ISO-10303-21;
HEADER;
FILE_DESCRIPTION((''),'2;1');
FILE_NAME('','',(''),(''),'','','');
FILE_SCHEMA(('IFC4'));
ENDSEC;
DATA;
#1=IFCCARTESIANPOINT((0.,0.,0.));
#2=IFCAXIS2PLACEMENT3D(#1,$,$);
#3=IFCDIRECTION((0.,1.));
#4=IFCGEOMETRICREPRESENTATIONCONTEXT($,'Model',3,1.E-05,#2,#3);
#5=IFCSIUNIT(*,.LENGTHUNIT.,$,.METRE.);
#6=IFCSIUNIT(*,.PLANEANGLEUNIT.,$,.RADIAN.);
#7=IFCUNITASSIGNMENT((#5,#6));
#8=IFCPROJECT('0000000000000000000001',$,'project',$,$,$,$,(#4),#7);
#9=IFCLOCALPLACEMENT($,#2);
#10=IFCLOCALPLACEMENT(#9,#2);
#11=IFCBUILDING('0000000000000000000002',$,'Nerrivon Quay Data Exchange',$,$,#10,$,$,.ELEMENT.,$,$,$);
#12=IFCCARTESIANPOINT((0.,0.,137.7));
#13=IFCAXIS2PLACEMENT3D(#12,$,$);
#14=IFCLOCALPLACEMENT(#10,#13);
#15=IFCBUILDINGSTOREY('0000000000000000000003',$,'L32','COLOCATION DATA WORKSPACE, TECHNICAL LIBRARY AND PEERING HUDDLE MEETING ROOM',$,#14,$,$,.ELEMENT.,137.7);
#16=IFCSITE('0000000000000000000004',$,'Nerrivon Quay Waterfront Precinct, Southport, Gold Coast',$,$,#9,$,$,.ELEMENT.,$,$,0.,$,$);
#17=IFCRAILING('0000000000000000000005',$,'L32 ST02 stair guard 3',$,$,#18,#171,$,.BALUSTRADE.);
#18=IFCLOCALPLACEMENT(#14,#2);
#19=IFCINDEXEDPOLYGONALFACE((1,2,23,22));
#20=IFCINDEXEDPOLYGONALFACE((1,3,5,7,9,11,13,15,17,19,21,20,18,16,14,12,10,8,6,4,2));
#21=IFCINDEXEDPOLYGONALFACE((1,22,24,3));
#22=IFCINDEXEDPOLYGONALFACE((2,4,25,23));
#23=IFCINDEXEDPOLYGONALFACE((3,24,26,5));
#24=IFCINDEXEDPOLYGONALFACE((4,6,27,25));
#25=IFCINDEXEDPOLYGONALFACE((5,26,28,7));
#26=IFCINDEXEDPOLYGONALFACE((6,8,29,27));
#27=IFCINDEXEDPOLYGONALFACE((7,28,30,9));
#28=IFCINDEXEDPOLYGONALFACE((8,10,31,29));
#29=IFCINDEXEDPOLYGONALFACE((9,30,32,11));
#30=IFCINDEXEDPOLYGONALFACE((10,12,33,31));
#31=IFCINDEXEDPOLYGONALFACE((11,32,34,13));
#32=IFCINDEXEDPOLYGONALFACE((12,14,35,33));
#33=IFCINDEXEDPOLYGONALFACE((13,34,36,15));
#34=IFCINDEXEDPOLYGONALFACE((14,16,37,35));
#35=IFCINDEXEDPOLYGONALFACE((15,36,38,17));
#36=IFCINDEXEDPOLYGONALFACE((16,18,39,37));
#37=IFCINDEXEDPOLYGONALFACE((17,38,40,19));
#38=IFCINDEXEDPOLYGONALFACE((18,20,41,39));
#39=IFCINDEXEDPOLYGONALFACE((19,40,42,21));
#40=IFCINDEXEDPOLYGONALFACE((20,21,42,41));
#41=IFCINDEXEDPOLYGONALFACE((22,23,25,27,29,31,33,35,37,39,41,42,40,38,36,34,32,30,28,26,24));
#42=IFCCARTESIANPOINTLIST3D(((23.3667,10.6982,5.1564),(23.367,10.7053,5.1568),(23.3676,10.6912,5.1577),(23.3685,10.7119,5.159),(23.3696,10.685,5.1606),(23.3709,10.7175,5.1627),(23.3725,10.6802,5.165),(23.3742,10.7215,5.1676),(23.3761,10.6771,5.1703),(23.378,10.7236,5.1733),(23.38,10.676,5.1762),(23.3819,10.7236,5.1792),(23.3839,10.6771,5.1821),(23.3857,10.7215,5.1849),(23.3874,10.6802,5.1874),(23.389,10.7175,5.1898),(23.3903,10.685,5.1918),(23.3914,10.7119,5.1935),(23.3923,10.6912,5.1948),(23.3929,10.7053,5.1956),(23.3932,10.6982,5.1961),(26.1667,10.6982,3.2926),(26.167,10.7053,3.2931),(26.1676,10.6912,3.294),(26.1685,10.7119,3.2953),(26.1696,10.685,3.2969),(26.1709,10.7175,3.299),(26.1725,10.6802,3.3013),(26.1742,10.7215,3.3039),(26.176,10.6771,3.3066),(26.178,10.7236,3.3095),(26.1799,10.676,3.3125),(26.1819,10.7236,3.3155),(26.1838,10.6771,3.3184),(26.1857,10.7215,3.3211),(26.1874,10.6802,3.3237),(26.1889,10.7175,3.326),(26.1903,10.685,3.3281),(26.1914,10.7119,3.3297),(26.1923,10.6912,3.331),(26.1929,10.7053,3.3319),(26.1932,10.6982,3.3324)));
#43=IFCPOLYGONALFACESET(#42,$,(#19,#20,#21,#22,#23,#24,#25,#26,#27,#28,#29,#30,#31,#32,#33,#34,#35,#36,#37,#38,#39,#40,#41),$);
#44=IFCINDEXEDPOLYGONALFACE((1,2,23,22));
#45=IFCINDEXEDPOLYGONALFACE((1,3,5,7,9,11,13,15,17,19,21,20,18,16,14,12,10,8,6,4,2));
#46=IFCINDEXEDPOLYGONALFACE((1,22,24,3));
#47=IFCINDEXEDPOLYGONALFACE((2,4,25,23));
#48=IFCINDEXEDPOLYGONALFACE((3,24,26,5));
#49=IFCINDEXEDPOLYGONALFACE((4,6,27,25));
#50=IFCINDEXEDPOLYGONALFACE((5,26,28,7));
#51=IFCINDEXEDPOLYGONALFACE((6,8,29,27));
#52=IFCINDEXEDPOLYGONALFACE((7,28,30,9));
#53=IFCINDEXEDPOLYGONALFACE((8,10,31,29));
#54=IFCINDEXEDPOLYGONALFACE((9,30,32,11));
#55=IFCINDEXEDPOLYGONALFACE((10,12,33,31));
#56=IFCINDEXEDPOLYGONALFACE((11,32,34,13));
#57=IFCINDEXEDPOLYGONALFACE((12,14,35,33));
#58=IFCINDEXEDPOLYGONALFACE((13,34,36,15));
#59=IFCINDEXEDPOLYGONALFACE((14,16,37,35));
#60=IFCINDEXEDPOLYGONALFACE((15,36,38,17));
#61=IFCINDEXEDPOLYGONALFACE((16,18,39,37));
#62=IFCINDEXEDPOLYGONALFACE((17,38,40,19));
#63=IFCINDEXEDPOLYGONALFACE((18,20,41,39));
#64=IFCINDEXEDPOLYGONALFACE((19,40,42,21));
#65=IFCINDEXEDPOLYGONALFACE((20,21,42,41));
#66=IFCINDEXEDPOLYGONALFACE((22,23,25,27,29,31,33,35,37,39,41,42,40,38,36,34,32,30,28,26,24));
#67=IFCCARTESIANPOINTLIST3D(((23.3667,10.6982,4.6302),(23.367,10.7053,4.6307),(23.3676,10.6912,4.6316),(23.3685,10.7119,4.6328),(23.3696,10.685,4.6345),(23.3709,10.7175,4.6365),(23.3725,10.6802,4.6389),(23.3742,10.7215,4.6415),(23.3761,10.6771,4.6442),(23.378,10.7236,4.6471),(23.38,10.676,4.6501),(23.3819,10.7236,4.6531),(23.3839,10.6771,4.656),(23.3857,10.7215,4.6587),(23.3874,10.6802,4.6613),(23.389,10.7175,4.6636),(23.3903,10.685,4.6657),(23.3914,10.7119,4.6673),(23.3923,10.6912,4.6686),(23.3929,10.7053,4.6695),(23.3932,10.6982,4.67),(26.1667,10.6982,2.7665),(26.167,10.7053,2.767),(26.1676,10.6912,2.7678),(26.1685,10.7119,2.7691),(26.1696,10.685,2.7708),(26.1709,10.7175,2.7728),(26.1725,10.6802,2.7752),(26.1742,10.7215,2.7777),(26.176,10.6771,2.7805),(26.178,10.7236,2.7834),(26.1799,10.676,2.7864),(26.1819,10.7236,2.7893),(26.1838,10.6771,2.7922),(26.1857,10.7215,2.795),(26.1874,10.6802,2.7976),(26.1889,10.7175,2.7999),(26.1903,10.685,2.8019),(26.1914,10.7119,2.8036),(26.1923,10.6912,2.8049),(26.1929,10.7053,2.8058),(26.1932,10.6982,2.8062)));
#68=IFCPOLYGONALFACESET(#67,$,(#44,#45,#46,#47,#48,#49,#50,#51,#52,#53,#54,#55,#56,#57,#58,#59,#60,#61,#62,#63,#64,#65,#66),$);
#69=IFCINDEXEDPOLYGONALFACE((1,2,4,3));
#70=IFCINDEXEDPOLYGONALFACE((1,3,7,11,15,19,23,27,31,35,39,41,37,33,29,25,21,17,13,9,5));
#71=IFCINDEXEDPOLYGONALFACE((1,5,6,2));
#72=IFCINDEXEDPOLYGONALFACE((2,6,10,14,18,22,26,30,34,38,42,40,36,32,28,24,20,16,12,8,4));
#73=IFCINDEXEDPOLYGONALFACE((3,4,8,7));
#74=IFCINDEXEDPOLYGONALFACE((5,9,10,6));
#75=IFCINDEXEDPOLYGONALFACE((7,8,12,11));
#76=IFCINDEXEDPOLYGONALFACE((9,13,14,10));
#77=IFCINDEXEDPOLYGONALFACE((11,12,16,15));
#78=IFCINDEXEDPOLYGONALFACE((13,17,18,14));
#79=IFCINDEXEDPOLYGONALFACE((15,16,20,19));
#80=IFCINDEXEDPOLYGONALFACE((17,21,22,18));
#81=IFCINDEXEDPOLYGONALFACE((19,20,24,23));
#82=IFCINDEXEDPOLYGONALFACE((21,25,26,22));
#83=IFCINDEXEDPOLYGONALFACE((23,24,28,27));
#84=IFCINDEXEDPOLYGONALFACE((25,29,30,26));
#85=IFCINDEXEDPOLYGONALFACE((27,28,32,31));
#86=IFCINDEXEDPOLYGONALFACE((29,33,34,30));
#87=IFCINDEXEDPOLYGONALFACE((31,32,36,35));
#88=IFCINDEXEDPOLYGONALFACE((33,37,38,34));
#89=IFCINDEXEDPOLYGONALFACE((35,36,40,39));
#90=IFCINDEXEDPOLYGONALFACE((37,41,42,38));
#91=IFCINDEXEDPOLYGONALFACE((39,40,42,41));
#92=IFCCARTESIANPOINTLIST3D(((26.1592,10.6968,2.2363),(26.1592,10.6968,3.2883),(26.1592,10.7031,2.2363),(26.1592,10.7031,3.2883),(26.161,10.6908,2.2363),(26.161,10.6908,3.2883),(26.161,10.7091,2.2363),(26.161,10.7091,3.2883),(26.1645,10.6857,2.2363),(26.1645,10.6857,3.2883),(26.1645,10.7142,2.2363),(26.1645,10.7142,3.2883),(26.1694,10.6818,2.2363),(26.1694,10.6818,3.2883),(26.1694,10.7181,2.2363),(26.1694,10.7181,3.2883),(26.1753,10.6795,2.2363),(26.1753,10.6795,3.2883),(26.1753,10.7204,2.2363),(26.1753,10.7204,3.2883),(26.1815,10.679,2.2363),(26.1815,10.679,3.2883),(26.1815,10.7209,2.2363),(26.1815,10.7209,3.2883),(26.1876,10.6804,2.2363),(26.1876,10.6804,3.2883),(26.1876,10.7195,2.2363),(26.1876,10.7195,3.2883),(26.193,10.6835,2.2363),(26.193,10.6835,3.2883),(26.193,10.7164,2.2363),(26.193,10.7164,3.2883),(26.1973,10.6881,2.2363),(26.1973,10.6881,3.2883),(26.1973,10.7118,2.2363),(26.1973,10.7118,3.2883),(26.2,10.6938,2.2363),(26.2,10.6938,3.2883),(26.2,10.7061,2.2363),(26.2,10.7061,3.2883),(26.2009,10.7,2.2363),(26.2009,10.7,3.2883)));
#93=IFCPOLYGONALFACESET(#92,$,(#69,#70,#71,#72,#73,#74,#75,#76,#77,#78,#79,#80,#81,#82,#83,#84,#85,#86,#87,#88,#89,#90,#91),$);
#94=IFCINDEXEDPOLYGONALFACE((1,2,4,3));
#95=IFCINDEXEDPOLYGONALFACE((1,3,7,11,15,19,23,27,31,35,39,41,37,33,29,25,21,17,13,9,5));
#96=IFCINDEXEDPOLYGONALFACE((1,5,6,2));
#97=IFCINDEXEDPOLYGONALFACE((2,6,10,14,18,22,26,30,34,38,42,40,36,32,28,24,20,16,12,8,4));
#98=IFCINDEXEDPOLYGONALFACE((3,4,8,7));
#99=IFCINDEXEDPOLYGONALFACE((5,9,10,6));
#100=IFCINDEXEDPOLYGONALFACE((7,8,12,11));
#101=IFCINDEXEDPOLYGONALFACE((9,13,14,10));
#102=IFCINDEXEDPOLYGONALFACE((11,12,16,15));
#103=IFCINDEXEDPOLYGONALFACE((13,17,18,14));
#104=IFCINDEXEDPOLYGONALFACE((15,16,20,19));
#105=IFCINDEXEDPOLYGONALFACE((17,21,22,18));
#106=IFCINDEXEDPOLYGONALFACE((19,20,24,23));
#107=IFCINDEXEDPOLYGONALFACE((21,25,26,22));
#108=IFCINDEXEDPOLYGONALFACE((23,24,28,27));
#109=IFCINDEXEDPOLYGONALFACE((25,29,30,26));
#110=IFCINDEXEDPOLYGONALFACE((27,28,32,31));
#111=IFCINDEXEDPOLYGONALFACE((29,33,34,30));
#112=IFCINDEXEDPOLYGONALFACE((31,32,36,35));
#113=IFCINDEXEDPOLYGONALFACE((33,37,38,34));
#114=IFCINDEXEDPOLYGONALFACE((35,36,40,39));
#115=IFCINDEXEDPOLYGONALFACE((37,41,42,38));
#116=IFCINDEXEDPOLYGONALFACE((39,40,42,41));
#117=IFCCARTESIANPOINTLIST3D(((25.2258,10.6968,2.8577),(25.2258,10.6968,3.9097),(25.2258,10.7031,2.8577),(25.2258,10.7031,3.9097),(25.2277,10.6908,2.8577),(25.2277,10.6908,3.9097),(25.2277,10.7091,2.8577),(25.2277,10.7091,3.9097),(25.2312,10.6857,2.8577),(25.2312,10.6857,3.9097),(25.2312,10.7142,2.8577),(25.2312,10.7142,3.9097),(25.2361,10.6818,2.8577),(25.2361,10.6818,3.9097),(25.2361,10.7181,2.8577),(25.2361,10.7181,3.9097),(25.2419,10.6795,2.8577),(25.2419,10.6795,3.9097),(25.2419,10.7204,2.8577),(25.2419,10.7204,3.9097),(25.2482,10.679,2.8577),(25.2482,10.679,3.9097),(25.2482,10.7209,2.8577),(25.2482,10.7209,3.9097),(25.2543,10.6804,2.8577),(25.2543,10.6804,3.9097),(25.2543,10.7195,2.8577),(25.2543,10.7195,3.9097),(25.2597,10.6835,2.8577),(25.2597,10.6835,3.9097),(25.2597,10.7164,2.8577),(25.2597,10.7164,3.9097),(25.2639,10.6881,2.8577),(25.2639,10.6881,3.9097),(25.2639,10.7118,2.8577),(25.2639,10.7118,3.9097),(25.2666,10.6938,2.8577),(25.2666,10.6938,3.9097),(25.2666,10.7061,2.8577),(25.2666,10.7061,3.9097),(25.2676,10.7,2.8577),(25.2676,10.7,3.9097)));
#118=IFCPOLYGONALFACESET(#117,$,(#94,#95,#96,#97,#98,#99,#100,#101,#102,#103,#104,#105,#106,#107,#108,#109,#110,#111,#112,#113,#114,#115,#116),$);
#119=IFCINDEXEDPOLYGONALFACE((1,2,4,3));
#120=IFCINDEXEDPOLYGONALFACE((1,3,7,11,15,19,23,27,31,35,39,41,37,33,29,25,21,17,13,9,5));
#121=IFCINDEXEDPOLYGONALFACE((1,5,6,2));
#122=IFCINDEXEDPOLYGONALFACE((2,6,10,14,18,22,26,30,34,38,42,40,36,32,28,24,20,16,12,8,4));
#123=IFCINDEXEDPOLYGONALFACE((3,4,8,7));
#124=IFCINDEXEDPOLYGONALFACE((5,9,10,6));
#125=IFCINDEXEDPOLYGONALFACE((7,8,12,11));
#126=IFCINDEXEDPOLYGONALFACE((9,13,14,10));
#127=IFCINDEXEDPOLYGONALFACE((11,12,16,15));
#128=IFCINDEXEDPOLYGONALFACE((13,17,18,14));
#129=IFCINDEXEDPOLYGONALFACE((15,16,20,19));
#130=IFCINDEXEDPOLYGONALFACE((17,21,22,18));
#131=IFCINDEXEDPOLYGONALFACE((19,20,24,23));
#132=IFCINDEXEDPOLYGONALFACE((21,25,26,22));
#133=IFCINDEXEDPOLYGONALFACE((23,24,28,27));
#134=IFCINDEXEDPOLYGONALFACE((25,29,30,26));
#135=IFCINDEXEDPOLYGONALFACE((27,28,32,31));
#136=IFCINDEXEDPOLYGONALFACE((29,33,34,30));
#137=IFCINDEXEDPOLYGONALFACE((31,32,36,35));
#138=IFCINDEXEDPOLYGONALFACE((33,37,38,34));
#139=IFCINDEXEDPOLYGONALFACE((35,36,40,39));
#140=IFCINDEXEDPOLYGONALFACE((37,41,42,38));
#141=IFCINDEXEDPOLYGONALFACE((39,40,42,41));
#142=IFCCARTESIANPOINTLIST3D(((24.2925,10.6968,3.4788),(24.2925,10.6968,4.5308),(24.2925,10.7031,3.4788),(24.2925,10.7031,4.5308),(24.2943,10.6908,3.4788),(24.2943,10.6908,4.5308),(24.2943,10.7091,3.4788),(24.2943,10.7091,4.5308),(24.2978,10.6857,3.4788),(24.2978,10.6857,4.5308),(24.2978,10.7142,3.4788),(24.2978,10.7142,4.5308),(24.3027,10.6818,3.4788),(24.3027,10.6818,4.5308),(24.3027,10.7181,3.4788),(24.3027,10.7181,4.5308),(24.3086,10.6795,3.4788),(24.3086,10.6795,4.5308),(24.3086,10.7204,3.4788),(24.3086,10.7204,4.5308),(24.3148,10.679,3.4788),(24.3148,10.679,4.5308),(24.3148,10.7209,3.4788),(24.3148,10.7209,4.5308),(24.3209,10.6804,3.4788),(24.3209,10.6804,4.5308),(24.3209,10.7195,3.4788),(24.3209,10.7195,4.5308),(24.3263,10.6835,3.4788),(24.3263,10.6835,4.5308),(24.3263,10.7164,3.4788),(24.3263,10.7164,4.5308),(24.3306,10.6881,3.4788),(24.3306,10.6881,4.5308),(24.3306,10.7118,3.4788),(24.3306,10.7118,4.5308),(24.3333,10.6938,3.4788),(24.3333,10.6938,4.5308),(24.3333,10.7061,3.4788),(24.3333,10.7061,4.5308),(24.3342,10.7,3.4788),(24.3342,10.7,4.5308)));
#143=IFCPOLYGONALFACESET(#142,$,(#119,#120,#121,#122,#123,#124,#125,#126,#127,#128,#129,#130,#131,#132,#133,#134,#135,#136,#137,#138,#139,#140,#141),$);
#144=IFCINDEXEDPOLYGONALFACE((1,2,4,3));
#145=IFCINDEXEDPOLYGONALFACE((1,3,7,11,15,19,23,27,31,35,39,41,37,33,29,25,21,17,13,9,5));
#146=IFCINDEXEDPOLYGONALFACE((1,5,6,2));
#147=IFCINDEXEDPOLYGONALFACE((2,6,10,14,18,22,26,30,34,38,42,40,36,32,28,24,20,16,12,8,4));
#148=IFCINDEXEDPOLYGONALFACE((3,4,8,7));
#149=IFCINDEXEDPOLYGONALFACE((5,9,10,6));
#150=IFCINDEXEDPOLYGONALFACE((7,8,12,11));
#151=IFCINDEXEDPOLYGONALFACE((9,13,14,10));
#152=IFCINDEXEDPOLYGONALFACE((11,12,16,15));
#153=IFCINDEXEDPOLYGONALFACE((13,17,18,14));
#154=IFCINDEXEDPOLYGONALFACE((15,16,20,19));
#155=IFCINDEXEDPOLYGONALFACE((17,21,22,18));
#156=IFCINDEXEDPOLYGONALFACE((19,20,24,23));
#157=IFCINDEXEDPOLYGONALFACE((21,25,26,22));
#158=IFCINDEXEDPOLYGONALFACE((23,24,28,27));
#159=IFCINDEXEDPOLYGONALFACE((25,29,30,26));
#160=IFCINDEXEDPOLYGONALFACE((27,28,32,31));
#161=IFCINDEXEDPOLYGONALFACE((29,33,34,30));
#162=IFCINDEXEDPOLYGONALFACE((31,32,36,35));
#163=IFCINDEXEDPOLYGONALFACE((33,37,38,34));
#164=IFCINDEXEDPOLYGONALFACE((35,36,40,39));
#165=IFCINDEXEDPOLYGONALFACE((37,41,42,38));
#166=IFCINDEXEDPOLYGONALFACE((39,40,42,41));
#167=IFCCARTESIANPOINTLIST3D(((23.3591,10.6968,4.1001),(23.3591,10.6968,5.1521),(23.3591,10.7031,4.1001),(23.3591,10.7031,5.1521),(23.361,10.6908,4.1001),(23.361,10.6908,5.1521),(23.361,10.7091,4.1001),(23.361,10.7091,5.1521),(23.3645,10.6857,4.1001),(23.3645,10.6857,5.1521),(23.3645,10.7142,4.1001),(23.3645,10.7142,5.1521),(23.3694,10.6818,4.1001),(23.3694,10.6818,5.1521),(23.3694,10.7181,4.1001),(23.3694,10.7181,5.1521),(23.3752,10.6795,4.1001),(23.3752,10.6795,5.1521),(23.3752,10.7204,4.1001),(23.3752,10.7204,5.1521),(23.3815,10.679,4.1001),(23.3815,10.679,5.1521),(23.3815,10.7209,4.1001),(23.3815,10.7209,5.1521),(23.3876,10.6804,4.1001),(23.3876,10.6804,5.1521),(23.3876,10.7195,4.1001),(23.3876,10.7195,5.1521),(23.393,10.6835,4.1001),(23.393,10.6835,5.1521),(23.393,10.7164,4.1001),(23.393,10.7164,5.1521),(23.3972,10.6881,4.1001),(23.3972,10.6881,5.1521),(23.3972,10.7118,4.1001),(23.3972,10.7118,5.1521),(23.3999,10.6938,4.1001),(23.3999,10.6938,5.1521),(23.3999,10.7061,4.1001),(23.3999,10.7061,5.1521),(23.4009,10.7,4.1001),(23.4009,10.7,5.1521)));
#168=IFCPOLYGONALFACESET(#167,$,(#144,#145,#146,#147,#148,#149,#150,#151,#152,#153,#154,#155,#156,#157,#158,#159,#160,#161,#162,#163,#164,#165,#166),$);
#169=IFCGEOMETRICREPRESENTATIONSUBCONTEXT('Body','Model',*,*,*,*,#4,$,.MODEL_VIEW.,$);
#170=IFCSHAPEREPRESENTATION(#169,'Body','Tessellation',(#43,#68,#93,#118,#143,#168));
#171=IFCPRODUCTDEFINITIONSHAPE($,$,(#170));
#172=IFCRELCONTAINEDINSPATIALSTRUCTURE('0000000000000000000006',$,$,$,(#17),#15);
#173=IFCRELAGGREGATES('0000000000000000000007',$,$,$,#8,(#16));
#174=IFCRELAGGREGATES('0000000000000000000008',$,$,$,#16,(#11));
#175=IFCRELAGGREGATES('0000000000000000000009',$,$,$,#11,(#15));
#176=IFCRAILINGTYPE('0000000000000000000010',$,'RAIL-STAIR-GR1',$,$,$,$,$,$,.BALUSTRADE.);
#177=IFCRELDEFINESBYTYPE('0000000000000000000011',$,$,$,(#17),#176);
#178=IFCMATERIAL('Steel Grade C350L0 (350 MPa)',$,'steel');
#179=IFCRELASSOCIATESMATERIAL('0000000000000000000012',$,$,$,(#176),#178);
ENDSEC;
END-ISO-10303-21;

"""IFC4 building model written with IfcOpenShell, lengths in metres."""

from ifc_helpers import new_model, si_unit, direction, frame, origin, origin_2d, place, context, subcontext, project, spatial, circle, extrude, material, type_object, element, save


model = new_model("IFC4")

# Units and contexts
model_context = context("Model", 3, precision=1e-05, world=origin(), true_north=direction((0.0, 1.0)))
body_context = subcontext(model_context, "Body", "Model", "MODEL_VIEW")
ifc_project = project(units=[si_unit("LENGTHUNIT", "METRE"), si_unit("PLANEANGLEUNIT", "RADIAN")], contexts=[model_context])

# Site, building, storey
site_placement = place(None, origin())
site = spatial("IfcSite", under=ifc_project, at=site_placement, Name="Nerrivon Quay Waterfront Precinct, Southport, Gold Coast", CompositionType="ELEMENT", RefElevation=0.0)
building_placement = place(site_placement, origin())
building = spatial("IfcBuilding", under=site, at=building_placement, Name="Nerrivon Quay Data Exchange", CompositionType="ELEMENT")
storey_placement = place(building_placement, frame((0.0, 0.0, 137.7)))
storey = spatial("IfcBuildingStorey", under=building, at=storey_placement, Name="L32", Description="COLOCATION DATA WORKSPACE, TECHNICAL LIBRARY AND PEERING HUDDLE MEETING ROOM", CompositionType="ELEMENT", Elevation=137.7)

# Railing
ifc_material_1 = material(Name="Steel Grade C350L0 (350 MPa)", Category="steel")
railing_type_1 = type_object("IfcRailingType", Name="RAIL-STAIR-GR1", PredefinedType="BALUSTRADE", material=ifc_material_1)
railing_1_placement = place(storey_placement, frame((26.1799, 10.7, 2.2363)))
element("IfcRailing", 1, at=railing_1_placement, inside=storey, type_object=railing_type_1, Name="L32 ST02 stair guard 3", PredefinedType="BALUSTRADE", context=body_context, shape_type="SweptSolid", body=[
    extrude(circle(Radius=0.0239, at=origin_2d()), frame((0.0, 0.0, 1.0762), z_axis=(-0.832452, 0.0, 0.554097), x_axis=(0.0, -1.0, 0.0)), (0.0, 0.0, 1.0), 3.3635),
    extrude(circle(Radius=0.0239, at=origin_2d()), frame((0.0, 0.0, 0.55), z_axis=(-0.832452, 0.0, 0.554097), x_axis=(0.0, -1.0, 0.0)), (0.0, 0.0, 1.0), 3.3635),
    extrude(circle(Radius=0.021, at=origin_2d()), origin(), (0.0, 0.0, 1.0), 1.052),
    extrude(circle(Radius=0.021, at=origin_2d()), frame((-0.9333, 0.0, 0.6213)), (0.0, 0.0, 1.0), 1.052),
    extrude(circle(Radius=0.021, at=origin_2d()), frame((-1.8667, 0.0, 1.2424)), (0.0, 0.0, 1.0), 1.052),
    extrude(circle(Radius=0.021, at=origin_2d()), frame((-2.8, 0.0, 1.8638)), (0.0, 0.0, 1.0), 1.052),
])

save(model, "model.ifc")
